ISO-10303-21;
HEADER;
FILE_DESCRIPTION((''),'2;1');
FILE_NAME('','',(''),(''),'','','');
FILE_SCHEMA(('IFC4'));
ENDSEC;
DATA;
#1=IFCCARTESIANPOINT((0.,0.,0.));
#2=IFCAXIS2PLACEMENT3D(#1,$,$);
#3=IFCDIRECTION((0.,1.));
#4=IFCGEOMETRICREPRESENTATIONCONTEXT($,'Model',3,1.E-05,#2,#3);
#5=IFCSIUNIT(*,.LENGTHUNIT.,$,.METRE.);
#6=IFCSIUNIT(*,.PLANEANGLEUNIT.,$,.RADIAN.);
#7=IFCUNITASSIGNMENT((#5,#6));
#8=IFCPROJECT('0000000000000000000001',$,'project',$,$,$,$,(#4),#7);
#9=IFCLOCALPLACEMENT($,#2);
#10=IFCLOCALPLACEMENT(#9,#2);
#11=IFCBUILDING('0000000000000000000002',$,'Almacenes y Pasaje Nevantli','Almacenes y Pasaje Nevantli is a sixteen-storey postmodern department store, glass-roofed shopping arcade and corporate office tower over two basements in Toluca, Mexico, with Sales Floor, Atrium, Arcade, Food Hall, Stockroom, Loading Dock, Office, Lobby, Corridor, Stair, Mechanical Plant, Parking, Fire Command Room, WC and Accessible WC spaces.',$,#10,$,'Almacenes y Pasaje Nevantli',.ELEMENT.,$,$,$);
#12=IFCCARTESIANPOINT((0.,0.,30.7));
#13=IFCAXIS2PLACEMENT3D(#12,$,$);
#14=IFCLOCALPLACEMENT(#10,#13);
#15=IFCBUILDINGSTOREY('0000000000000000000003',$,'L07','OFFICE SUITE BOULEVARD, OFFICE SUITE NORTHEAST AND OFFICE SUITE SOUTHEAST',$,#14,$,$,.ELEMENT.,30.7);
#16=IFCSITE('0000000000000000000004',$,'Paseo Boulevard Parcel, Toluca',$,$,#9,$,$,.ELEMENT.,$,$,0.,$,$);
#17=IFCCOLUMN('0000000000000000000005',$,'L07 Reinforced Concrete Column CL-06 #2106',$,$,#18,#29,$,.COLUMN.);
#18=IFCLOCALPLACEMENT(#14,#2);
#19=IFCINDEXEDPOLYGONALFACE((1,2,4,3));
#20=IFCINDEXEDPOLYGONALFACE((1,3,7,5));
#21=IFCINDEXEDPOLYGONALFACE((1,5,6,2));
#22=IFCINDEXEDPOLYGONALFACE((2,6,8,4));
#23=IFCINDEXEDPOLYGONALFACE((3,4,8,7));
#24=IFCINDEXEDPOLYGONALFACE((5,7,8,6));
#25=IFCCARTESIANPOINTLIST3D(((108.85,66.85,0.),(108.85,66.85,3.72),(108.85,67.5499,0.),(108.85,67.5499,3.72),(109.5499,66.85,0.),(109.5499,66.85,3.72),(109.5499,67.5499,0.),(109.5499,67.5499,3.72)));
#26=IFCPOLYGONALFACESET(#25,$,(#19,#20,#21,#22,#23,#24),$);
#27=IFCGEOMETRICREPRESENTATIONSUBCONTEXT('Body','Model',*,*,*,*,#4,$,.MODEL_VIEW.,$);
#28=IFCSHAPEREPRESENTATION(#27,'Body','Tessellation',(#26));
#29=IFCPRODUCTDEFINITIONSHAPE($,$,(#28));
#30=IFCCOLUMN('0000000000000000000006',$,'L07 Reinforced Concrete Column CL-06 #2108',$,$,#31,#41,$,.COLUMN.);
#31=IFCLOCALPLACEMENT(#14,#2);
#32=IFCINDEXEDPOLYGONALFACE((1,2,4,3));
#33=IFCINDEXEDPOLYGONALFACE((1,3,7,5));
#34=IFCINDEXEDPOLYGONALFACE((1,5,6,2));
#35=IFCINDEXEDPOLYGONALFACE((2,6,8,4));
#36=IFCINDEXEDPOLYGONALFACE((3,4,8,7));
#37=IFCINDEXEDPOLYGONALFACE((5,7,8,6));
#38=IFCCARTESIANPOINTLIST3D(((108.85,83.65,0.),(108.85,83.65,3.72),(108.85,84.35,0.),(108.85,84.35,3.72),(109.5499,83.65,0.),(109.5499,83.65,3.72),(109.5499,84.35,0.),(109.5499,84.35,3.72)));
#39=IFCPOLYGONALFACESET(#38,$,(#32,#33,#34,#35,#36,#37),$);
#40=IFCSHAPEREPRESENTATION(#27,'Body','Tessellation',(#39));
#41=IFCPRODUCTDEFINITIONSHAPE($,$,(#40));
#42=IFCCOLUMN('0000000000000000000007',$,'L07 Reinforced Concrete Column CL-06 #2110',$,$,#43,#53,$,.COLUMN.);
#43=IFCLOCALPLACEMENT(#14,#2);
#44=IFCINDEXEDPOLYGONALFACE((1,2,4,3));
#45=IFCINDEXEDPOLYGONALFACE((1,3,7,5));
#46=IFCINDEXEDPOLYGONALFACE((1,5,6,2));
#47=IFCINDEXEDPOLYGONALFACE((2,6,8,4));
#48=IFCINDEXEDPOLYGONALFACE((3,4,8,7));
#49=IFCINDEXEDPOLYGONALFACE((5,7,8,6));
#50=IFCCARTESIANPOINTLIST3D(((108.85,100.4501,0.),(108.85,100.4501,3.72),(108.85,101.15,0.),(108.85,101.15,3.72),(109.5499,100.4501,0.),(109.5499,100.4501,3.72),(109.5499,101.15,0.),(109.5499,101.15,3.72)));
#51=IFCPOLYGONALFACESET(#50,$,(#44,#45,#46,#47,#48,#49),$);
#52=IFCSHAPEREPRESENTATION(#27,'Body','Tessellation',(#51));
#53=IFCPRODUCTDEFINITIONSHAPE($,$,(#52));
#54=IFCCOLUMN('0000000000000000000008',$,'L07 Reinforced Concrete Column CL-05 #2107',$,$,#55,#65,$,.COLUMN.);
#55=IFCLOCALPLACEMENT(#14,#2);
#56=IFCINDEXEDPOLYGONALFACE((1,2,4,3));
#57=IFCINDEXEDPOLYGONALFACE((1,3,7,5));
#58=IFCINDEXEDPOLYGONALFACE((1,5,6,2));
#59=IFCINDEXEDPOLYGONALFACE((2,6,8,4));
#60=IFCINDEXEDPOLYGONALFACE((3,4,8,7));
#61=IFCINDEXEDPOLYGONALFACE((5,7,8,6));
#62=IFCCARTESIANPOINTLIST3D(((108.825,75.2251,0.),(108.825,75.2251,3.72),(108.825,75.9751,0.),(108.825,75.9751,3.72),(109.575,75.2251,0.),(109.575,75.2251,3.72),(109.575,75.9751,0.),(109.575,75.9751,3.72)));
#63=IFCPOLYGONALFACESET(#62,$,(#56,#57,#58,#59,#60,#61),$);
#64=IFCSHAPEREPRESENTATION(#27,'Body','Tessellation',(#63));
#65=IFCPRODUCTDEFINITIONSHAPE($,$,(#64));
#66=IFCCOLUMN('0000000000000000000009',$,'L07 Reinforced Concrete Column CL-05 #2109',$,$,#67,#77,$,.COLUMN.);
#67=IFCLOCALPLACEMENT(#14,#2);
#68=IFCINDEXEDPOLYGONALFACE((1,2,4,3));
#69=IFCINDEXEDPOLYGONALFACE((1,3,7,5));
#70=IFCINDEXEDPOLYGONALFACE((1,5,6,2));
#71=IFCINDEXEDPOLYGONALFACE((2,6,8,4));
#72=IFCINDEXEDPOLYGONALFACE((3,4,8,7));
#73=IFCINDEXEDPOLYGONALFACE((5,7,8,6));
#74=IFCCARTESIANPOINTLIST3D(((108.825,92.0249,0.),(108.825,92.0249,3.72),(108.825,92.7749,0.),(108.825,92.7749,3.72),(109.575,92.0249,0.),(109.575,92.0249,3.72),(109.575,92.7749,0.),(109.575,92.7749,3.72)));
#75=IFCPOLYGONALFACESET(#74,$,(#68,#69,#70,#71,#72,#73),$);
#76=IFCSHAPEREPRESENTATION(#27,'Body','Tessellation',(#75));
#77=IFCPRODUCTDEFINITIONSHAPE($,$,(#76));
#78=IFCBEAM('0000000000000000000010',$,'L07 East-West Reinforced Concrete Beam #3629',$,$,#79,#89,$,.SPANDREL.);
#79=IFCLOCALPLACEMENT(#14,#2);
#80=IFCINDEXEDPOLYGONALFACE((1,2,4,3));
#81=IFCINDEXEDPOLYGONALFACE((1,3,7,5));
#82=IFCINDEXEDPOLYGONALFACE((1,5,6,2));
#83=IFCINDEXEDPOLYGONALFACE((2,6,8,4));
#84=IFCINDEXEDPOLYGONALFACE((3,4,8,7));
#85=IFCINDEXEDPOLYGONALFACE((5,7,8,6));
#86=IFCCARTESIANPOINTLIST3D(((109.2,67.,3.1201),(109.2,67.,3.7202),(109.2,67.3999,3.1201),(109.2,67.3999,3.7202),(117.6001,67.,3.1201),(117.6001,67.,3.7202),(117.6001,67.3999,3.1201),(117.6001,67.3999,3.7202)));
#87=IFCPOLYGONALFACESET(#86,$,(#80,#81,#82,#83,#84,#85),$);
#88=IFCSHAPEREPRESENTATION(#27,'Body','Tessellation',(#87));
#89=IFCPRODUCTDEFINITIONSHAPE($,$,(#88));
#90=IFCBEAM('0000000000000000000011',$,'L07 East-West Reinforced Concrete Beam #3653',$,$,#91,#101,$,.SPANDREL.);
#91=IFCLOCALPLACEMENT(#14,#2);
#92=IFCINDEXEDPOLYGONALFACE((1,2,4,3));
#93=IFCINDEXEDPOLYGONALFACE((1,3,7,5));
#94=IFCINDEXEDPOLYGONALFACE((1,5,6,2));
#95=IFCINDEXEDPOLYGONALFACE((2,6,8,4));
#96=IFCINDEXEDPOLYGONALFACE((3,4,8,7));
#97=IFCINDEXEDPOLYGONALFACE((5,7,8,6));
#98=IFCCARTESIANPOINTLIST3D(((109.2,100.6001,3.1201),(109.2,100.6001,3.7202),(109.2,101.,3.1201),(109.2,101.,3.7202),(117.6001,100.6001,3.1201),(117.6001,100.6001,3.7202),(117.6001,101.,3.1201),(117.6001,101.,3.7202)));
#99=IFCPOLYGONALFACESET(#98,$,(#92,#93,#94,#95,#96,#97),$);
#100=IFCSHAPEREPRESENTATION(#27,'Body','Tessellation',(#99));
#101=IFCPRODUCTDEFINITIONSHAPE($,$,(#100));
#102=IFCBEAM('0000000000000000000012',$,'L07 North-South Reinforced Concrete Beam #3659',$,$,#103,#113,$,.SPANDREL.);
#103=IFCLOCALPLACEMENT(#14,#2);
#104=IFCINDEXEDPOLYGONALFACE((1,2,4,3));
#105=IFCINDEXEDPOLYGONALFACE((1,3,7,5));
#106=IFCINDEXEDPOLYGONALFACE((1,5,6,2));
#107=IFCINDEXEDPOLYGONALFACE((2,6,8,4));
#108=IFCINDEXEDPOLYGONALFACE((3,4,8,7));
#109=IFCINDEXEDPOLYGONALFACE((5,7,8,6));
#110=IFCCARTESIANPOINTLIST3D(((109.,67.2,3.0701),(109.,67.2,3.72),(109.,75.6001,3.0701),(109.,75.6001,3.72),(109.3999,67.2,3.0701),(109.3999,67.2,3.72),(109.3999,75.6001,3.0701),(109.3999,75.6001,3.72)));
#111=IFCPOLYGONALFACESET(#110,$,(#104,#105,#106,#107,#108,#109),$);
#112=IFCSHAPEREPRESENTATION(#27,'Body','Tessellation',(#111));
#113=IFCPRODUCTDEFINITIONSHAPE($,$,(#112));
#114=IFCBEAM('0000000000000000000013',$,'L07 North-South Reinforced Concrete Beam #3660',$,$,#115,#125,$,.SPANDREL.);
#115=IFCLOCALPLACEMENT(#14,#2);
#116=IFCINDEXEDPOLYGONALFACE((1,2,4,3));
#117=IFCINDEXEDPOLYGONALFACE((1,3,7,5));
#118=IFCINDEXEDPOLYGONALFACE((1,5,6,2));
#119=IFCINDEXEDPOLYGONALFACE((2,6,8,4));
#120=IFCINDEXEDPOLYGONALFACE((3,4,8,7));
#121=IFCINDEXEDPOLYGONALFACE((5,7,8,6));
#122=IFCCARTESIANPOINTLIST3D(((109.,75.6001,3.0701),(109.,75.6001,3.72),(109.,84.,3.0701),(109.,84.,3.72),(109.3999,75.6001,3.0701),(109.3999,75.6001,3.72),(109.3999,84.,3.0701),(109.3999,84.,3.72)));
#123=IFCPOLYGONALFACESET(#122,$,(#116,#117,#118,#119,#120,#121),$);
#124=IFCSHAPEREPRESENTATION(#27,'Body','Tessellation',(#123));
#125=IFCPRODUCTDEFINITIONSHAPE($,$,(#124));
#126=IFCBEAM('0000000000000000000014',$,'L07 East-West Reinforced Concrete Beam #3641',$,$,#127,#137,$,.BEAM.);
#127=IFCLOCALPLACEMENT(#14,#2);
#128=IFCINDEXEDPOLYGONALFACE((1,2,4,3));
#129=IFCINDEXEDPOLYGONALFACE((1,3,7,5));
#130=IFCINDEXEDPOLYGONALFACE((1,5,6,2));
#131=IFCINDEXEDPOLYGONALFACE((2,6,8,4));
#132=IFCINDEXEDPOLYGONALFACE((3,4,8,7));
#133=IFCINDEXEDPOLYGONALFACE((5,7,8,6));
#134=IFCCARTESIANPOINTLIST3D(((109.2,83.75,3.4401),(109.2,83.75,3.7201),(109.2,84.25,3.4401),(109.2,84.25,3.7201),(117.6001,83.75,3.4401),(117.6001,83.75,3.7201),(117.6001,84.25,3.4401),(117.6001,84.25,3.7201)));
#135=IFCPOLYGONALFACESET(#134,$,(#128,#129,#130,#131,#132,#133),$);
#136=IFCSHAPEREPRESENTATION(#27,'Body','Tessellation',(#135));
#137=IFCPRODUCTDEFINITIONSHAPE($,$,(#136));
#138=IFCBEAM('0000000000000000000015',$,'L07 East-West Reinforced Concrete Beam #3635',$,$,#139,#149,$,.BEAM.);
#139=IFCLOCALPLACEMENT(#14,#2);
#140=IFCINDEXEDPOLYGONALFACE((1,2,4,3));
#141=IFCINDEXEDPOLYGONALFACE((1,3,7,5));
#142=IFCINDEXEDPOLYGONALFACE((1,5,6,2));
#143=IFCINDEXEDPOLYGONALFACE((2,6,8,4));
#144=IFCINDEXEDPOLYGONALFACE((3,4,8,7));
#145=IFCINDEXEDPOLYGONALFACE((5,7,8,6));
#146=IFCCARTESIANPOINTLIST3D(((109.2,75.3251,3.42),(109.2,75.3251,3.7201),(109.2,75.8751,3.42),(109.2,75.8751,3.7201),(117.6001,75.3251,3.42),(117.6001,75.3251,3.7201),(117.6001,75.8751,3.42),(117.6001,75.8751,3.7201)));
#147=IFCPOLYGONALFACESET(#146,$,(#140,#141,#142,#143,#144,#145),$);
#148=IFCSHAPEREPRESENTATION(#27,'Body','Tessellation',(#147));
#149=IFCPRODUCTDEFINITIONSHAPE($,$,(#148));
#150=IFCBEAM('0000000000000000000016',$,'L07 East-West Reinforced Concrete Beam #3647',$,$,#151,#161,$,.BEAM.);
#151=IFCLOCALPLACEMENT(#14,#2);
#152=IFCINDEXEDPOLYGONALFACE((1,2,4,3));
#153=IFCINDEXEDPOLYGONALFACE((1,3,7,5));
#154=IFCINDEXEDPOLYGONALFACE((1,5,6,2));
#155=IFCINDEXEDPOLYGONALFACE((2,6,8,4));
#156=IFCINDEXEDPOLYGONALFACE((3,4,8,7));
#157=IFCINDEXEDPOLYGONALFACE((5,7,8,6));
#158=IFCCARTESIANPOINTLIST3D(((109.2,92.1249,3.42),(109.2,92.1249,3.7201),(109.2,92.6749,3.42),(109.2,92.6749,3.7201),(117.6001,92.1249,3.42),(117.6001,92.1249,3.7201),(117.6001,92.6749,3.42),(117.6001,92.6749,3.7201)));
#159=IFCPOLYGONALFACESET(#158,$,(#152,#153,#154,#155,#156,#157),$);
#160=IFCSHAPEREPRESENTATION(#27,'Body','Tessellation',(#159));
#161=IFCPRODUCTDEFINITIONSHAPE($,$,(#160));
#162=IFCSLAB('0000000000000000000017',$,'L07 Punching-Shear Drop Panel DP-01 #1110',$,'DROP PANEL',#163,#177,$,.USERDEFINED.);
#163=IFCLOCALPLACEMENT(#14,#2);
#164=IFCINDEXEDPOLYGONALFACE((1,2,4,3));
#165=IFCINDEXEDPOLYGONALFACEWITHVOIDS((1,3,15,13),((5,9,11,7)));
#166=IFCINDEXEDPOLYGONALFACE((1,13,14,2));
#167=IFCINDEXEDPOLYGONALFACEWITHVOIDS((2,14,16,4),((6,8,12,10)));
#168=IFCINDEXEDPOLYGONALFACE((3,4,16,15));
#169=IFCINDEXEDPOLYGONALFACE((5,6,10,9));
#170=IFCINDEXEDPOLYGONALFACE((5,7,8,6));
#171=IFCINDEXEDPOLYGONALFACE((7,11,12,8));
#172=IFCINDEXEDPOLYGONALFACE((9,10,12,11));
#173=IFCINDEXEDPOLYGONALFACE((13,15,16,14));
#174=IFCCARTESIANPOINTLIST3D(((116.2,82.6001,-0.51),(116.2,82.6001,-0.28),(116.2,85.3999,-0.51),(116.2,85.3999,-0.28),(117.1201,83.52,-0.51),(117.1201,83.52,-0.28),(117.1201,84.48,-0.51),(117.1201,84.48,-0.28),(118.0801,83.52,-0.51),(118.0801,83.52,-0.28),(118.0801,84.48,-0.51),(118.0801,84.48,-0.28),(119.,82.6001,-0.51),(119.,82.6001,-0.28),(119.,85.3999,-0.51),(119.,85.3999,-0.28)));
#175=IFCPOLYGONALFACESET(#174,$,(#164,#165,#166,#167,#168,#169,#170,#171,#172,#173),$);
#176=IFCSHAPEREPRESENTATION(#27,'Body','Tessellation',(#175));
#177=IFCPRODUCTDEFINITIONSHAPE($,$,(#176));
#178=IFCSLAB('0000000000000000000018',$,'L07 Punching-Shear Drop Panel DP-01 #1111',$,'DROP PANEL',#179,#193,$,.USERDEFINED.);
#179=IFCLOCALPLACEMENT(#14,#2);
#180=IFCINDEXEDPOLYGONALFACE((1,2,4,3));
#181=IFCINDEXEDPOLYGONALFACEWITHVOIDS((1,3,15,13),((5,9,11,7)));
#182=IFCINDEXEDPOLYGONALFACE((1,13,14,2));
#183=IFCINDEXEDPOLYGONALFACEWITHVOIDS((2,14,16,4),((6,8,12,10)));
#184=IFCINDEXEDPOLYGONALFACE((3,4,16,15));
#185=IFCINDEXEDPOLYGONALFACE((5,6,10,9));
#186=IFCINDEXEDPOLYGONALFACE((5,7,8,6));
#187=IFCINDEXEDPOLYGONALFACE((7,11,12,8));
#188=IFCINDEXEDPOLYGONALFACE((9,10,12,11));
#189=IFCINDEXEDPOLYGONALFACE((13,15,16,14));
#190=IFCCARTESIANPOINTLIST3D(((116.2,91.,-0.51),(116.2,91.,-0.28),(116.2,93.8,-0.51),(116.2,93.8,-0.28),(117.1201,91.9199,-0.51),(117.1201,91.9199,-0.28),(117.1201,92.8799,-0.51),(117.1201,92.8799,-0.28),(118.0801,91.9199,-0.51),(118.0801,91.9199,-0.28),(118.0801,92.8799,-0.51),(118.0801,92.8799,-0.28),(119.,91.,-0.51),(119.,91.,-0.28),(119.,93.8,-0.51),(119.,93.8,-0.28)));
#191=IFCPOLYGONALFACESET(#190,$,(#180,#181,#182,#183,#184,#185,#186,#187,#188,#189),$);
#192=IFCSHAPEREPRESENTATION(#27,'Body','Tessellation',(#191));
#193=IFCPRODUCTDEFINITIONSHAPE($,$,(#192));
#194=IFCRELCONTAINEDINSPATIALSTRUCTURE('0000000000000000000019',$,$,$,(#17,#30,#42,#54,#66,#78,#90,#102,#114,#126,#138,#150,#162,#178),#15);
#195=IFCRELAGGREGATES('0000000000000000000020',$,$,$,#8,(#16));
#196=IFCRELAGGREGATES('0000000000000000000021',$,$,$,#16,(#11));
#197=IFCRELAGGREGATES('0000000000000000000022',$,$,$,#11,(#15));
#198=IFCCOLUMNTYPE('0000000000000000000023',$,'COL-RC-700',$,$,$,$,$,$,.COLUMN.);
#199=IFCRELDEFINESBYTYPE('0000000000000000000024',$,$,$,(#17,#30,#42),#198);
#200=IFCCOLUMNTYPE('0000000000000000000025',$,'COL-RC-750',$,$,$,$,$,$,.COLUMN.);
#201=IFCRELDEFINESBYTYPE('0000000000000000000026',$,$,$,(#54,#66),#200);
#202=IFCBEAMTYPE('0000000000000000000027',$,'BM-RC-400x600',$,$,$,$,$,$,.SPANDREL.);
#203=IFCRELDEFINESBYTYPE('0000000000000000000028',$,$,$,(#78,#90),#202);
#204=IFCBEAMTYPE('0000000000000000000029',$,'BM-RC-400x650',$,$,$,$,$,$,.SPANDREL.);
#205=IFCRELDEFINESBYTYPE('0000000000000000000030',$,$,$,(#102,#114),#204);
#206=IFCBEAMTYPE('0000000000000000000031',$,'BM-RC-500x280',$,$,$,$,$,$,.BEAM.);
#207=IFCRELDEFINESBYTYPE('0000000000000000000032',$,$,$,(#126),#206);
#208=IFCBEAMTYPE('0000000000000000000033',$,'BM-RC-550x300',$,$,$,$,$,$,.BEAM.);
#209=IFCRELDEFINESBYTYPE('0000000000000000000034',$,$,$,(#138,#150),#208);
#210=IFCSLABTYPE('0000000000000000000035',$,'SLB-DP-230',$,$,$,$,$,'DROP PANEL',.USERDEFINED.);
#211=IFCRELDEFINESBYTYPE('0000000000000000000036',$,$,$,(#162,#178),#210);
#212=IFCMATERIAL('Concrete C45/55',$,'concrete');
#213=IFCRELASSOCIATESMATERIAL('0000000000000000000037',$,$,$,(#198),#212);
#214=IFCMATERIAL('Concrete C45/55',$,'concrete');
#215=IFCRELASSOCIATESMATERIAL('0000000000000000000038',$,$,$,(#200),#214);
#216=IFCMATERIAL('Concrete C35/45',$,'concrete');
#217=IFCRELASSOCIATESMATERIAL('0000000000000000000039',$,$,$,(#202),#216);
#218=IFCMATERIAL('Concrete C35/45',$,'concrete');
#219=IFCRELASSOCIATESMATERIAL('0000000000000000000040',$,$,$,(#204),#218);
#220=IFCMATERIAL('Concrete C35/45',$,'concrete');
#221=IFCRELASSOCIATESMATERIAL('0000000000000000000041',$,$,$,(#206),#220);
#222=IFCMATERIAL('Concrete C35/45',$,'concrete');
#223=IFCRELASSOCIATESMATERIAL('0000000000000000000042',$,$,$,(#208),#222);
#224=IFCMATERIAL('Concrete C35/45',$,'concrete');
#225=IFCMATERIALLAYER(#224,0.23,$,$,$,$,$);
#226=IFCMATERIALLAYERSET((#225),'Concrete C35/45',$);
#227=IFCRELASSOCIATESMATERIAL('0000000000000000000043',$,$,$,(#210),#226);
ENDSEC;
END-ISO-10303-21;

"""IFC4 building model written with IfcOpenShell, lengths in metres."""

from ifc_helpers import new_model, si_unit, direction, frame, origin, origin_2d, place, context, subcontext, project, spatial, polyline, rectangle, outline, extrude, material, layer, layer_set, material_profile, profile_set, type_object, element, save


model = new_model("IFC4")

# Units and contexts
model_context = context("Model", 3, precision=1e-05, world=origin(), true_north=direction((0.0, 1.0)))
body_context = subcontext(model_context, "Body", "Model", "MODEL_VIEW")
ifc_project = project(units=[si_unit("LENGTHUNIT", "METRE"), si_unit("PLANEANGLEUNIT", "RADIAN")], contexts=[model_context])

# Site, building, storey
site_placement = place(None, origin())
site = spatial("IfcSite", under=ifc_project, at=site_placement, Name="Paseo Boulevard Parcel, Toluca", CompositionType="ELEMENT", RefElevation=0.0)
building_placement = place(site_placement, origin())
building = spatial("IfcBuilding", under=site, at=building_placement, Name="Almacenes y Pasaje Nevantli", Description="Almacenes y Pasaje Nevantli is a sixteen-storey postmodern department store, glass-roofed shopping arcade and corporate office tower over two basements in Toluca, Mexico, with Sales Floor, Atrium, Arcade, Food Hall, Stockroom, Loading Dock, Office, Lobby, Corridor, Stair, Mechanical Plant, Parking, Fire Command Room, WC and Accessible WC spaces.", LongName="Almacenes y Pasaje Nevantli", CompositionType="ELEMENT")
storey_placement = place(building_placement, frame((0.0, 0.0, 30.7)))
storey = spatial("IfcBuildingStorey", under=building, at=storey_placement, Name="L07", Description="OFFICE SUITE BOULEVARD, OFFICE SUITE NORTHEAST AND OFFICE SUITE SOUTHEAST", CompositionType="ELEMENT", Elevation=30.7)

# Columns
ifc_material_1 = material(Name="Concrete C45/55", Category="concrete")
ifc_material_profile_1 = material_profile(ifc_material_1, rectangle(XDim=0.7, YDim=0.7, at=origin_2d()), Name="RC-COL-700x700")
ifc_profile_set_1 = profile_set([ifc_material_profile_1], Name="Concrete C45/55")
column_type_1 = type_object("IfcColumnType", Name="COL-RC-700", PredefinedType="COLUMN", material=ifc_profile_set_1)
for number, where, z_axis, x_axis, name in (
    (1, (109.2, 67.2, 0.0), (0.0, 0.0, 1.0), (1.0, 0.0, 0.0), "L07 Reinforced Concrete Column CL-06 #2106"),
    (2, (109.2, 84.0, 0.0), (0.0, 0.0, 1.0), (1.0, 0.0, 0.0), "L07 Reinforced Concrete Column CL-06 #2108"),
    (3, (109.2, 100.8, 0.0), (0.0, 0.0, 1.0), (1.0, 0.0, 0.0), "L07 Reinforced Concrete Column CL-06 #2110"),
):
    element("IfcColumn", number, at=place(storey_placement, frame(where, z_axis=z_axis, x_axis=x_axis)), inside=storey, type_object=column_type_1, Name=name, PredefinedType="COLUMN", context=body_context, shape_type="SweptSolid", body=[
        extrude(rectangle(XDim=0.7, YDim=0.7, at=origin_2d()), origin(), (0.0, 0.0, 1.0), 3.72),
    ])
ifc_material_2 = material(Name="Concrete C45/55", Category="concrete")
ifc_material_profile_2 = material_profile(ifc_material_2, rectangle(XDim=0.75, YDim=0.75, at=origin_2d()), Name="RC-COL-750x750")
ifc_profile_set_2 = profile_set([ifc_material_profile_2], Name="Concrete C45/55")
column_type_2 = type_object("IfcColumnType", Name="COL-RC-750", PredefinedType="COLUMN", material=ifc_profile_set_2)
for number, where, z_axis, x_axis, name in (
    (4, (109.2, 75.6001, 0.0), (0.0, 0.0, 1.0), (1.0, 0.0, 0.0), "L07 Reinforced Concrete Column CL-05 #2107"),
    (5, (109.2, 92.3999, 0.0), (0.0, 0.0, 1.0), (1.0, 0.0, 0.0), "L07 Reinforced Concrete Column CL-05 #2109"),
):
    element("IfcColumn", number, at=place(storey_placement, frame(where, z_axis=z_axis, x_axis=x_axis)), inside=storey, type_object=column_type_2, Name=name, PredefinedType="COLUMN", context=body_context, shape_type="SweptSolid", body=[
        extrude(rectangle(XDim=0.75, YDim=0.75, at=origin_2d()), origin(), (0.0, 0.0, 1.0), 3.72),
    ])

# Beams
ifc_material_3 = material(Name="Concrete C35/45", Category="concrete")
ifc_material_profile_3 = material_profile(ifc_material_3, rectangle(XDim=0.3999, YDim=0.6001, at=origin_2d()), Name="RC-BM-400x600")
ifc_profile_set_3 = profile_set([ifc_material_profile_3], Name="Concrete C35/45")
beam_type_1 = type_object("IfcBeamType", Name="BM-RC-400x600", PredefinedType="SPANDREL", material=ifc_profile_set_3)
for number, where, z_axis, x_axis, name in (
    (6, (109.2, 67.2, 3.4202), (1.0, 0.0, 0.0), (0.0, 1.0, 0.0), "L07 East-West Reinforced Concrete Beam #3629"),
    (7, (109.2, 100.8, 3.4202), (1.0, 0.0, 0.0), (0.0, 1.0, 0.0), "L07 East-West Reinforced Concrete Beam #3653"),
):
    element("IfcBeam", number, at=place(storey_placement, frame(where, z_axis=z_axis, x_axis=x_axis)), inside=storey, type_object=beam_type_1, Name=name, PredefinedType="SPANDREL", context=body_context, shape_type="SweptSolid", body=[
        extrude(rectangle(XDim=0.3999, YDim=0.6001, at=origin_2d()), origin(), (0.0, 0.0, 1.0), 8.4001),
    ])
ifc_material_4 = material(Name="Concrete C35/45", Category="concrete")
ifc_material_profile_4 = material_profile(ifc_material_4, rectangle(XDim=0.3999, YDim=0.6499, at=origin_2d()), Name="RC-BM-400x650")
ifc_profile_set_4 = profile_set([ifc_material_profile_4], Name="Concrete C35/45")
beam_type_2 = type_object("IfcBeamType", Name="BM-RC-400x650", PredefinedType="SPANDREL", material=ifc_profile_set_4)
beam_1_placement = place(storey_placement, frame((109.2, 67.2, 3.395), z_axis=(0.0, 1.0, 0.0), x_axis=(-1.0, 0.0, 0.0)))
element("IfcBeam", 8, at=beam_1_placement, inside=storey, type_object=beam_type_2, Name="L07 North-South Reinforced Concrete Beam #3659", PredefinedType="SPANDREL", context=body_context, shape_type="SweptSolid", body=[
    extrude(rectangle(XDim=0.3999, YDim=0.6499, at=origin_2d()), origin(), (0.0, 0.0, 1.0), 8.4001),
])
beam_2_placement = place(storey_placement, frame((109.2, 75.6001, 3.395), z_axis=(0.0, 1.0, 0.0), x_axis=(-1.0, 0.0, 0.0)))
element("IfcBeam", 9, at=beam_2_placement, inside=storey, type_object=beam_type_2, Name="L07 North-South Reinforced Concrete Beam #3660", PredefinedType="SPANDREL", context=body_context, shape_type="SweptSolid", body=[
    extrude(rectangle(XDim=0.3999, YDim=0.6499, at=origin_2d()), origin(), (0.0, 0.0, 1.0), 8.3999),
])
ifc_material_5 = material(Name="Concrete C35/45", Category="concrete")
ifc_material_profile_5 = material_profile(ifc_material_5, rectangle(XDim=0.5, YDim=0.28, at=origin_2d()), Name="RC-BM-500x280")
ifc_profile_set_5 = profile_set([ifc_material_profile_5], Name="Concrete C35/45")
beam_type_3 = type_object("IfcBeamType", Name="BM-RC-500x280", PredefinedType="BEAM", material=ifc_profile_set_5)
beam_3_placement = place(storey_placement, frame((109.2, 84.0, 3.5801), z_axis=(1.0, 0.0, 0.0), x_axis=(0.0, 1.0, 0.0)))
element("IfcBeam", 10, at=beam_3_placement, inside=storey, type_object=beam_type_3, Name="L07 East-West Reinforced Concrete Beam #3641", PredefinedType="BEAM", context=body_context, shape_type="SweptSolid", body=[
    extrude(rectangle(XDim=0.5, YDim=0.28, at=origin_2d()), origin(), (0.0, 0.0, 1.0), 8.4001),
])
ifc_material_6 = material(Name="Concrete C35/45", Category="concrete")
ifc_material_profile_6 = material_profile(ifc_material_6, rectangle(XDim=0.55, YDim=0.3, at=origin_2d()), Name="RC-BM-550x300")
ifc_profile_set_6 = profile_set([ifc_material_profile_6], Name="Concrete C35/45")
beam_type_4 = type_object("IfcBeamType", Name="BM-RC-550x300", PredefinedType="BEAM", material=ifc_profile_set_6)
for number, where, z_axis, x_axis, name in (
    (11, (109.2, 75.6001, 3.5701), (1.0, 0.0, 0.0), (0.0, 1.0, 0.0), "L07 East-West Reinforced Concrete Beam #3635"),
    (12, (109.2, 92.3999, 3.5701), (1.0, 0.0, 0.0), (0.0, 1.0, 0.0), "L07 East-West Reinforced Concrete Beam #3647"),
):
    element("IfcBeam", number, at=place(storey_placement, frame(where, z_axis=z_axis, x_axis=x_axis)), inside=storey, type_object=beam_type_4, Name=name, PredefinedType="BEAM", context=body_context, shape_type="SweptSolid", body=[
        extrude(rectangle(XDim=0.55, YDim=0.3, at=origin_2d()), origin(), (0.0, 0.0, 1.0), 8.4001),
    ])

# Slabs
ifc_material_7 = material(Name="Concrete C35/45", Category="concrete")
ifc_layer_1 = layer(ifc_material_7, 0.23)
ifc_layer_set_1 = layer_set([ifc_layer_1], Name="Concrete C35/45")
slab_type_1 = type_object("IfcSlabType", Name="SLB-DP-230", ElementType="DROP PANEL", PredefinedType="USERDEFINED", material=ifc_layer_set_1)
slab_1_placement = place(storey_placement, frame((0.0, 0.0, -0.51)))
element("IfcSlab", 13, at=slab_1_placement, inside=storey, type_object=slab_type_1, Name="L07 Punching-Shear Drop Panel DP-01 #1110", ObjectType="DROP PANEL", PredefinedType="USERDEFINED", context=body_context, shape_type="SweptSolid", body=[
    extrude(outline(polyline([(116.2, 82.6001), (119.0, 82.6001), (119.0, 85.3999), (116.2, 85.3999), (116.2, 82.6001)]), holes=[polyline([(117.1201, 83.52), (118.0801, 83.52), (118.0801, 84.48), (117.1201, 84.48), (117.1201, 83.52)])]), origin(), (0.0, 0.0, 1.0), 0.23),
])
slab_2_placement = place(storey_placement, frame((0.0, 0.0, -0.51)))
element("IfcSlab", 14, at=slab_2_placement, inside=storey, type_object=slab_type_1, Name="L07 Punching-Shear Drop Panel DP-01 #1111", ObjectType="DROP PANEL", PredefinedType="USERDEFINED", context=body_context, shape_type="SweptSolid", body=[
    extrude(outline(polyline([(116.2, 91.0), (119.0, 91.0), (119.0, 93.8), (116.2, 93.8), (116.2, 91.0)]), holes=[polyline([(117.1201, 91.9199), (118.0801, 91.9199), (118.0801, 92.8799), (117.1201, 92.8799), (117.1201, 91.9199)])]), origin(), (0.0, 0.0, 1.0), 0.23),
])

save(model, "model.ifc")
